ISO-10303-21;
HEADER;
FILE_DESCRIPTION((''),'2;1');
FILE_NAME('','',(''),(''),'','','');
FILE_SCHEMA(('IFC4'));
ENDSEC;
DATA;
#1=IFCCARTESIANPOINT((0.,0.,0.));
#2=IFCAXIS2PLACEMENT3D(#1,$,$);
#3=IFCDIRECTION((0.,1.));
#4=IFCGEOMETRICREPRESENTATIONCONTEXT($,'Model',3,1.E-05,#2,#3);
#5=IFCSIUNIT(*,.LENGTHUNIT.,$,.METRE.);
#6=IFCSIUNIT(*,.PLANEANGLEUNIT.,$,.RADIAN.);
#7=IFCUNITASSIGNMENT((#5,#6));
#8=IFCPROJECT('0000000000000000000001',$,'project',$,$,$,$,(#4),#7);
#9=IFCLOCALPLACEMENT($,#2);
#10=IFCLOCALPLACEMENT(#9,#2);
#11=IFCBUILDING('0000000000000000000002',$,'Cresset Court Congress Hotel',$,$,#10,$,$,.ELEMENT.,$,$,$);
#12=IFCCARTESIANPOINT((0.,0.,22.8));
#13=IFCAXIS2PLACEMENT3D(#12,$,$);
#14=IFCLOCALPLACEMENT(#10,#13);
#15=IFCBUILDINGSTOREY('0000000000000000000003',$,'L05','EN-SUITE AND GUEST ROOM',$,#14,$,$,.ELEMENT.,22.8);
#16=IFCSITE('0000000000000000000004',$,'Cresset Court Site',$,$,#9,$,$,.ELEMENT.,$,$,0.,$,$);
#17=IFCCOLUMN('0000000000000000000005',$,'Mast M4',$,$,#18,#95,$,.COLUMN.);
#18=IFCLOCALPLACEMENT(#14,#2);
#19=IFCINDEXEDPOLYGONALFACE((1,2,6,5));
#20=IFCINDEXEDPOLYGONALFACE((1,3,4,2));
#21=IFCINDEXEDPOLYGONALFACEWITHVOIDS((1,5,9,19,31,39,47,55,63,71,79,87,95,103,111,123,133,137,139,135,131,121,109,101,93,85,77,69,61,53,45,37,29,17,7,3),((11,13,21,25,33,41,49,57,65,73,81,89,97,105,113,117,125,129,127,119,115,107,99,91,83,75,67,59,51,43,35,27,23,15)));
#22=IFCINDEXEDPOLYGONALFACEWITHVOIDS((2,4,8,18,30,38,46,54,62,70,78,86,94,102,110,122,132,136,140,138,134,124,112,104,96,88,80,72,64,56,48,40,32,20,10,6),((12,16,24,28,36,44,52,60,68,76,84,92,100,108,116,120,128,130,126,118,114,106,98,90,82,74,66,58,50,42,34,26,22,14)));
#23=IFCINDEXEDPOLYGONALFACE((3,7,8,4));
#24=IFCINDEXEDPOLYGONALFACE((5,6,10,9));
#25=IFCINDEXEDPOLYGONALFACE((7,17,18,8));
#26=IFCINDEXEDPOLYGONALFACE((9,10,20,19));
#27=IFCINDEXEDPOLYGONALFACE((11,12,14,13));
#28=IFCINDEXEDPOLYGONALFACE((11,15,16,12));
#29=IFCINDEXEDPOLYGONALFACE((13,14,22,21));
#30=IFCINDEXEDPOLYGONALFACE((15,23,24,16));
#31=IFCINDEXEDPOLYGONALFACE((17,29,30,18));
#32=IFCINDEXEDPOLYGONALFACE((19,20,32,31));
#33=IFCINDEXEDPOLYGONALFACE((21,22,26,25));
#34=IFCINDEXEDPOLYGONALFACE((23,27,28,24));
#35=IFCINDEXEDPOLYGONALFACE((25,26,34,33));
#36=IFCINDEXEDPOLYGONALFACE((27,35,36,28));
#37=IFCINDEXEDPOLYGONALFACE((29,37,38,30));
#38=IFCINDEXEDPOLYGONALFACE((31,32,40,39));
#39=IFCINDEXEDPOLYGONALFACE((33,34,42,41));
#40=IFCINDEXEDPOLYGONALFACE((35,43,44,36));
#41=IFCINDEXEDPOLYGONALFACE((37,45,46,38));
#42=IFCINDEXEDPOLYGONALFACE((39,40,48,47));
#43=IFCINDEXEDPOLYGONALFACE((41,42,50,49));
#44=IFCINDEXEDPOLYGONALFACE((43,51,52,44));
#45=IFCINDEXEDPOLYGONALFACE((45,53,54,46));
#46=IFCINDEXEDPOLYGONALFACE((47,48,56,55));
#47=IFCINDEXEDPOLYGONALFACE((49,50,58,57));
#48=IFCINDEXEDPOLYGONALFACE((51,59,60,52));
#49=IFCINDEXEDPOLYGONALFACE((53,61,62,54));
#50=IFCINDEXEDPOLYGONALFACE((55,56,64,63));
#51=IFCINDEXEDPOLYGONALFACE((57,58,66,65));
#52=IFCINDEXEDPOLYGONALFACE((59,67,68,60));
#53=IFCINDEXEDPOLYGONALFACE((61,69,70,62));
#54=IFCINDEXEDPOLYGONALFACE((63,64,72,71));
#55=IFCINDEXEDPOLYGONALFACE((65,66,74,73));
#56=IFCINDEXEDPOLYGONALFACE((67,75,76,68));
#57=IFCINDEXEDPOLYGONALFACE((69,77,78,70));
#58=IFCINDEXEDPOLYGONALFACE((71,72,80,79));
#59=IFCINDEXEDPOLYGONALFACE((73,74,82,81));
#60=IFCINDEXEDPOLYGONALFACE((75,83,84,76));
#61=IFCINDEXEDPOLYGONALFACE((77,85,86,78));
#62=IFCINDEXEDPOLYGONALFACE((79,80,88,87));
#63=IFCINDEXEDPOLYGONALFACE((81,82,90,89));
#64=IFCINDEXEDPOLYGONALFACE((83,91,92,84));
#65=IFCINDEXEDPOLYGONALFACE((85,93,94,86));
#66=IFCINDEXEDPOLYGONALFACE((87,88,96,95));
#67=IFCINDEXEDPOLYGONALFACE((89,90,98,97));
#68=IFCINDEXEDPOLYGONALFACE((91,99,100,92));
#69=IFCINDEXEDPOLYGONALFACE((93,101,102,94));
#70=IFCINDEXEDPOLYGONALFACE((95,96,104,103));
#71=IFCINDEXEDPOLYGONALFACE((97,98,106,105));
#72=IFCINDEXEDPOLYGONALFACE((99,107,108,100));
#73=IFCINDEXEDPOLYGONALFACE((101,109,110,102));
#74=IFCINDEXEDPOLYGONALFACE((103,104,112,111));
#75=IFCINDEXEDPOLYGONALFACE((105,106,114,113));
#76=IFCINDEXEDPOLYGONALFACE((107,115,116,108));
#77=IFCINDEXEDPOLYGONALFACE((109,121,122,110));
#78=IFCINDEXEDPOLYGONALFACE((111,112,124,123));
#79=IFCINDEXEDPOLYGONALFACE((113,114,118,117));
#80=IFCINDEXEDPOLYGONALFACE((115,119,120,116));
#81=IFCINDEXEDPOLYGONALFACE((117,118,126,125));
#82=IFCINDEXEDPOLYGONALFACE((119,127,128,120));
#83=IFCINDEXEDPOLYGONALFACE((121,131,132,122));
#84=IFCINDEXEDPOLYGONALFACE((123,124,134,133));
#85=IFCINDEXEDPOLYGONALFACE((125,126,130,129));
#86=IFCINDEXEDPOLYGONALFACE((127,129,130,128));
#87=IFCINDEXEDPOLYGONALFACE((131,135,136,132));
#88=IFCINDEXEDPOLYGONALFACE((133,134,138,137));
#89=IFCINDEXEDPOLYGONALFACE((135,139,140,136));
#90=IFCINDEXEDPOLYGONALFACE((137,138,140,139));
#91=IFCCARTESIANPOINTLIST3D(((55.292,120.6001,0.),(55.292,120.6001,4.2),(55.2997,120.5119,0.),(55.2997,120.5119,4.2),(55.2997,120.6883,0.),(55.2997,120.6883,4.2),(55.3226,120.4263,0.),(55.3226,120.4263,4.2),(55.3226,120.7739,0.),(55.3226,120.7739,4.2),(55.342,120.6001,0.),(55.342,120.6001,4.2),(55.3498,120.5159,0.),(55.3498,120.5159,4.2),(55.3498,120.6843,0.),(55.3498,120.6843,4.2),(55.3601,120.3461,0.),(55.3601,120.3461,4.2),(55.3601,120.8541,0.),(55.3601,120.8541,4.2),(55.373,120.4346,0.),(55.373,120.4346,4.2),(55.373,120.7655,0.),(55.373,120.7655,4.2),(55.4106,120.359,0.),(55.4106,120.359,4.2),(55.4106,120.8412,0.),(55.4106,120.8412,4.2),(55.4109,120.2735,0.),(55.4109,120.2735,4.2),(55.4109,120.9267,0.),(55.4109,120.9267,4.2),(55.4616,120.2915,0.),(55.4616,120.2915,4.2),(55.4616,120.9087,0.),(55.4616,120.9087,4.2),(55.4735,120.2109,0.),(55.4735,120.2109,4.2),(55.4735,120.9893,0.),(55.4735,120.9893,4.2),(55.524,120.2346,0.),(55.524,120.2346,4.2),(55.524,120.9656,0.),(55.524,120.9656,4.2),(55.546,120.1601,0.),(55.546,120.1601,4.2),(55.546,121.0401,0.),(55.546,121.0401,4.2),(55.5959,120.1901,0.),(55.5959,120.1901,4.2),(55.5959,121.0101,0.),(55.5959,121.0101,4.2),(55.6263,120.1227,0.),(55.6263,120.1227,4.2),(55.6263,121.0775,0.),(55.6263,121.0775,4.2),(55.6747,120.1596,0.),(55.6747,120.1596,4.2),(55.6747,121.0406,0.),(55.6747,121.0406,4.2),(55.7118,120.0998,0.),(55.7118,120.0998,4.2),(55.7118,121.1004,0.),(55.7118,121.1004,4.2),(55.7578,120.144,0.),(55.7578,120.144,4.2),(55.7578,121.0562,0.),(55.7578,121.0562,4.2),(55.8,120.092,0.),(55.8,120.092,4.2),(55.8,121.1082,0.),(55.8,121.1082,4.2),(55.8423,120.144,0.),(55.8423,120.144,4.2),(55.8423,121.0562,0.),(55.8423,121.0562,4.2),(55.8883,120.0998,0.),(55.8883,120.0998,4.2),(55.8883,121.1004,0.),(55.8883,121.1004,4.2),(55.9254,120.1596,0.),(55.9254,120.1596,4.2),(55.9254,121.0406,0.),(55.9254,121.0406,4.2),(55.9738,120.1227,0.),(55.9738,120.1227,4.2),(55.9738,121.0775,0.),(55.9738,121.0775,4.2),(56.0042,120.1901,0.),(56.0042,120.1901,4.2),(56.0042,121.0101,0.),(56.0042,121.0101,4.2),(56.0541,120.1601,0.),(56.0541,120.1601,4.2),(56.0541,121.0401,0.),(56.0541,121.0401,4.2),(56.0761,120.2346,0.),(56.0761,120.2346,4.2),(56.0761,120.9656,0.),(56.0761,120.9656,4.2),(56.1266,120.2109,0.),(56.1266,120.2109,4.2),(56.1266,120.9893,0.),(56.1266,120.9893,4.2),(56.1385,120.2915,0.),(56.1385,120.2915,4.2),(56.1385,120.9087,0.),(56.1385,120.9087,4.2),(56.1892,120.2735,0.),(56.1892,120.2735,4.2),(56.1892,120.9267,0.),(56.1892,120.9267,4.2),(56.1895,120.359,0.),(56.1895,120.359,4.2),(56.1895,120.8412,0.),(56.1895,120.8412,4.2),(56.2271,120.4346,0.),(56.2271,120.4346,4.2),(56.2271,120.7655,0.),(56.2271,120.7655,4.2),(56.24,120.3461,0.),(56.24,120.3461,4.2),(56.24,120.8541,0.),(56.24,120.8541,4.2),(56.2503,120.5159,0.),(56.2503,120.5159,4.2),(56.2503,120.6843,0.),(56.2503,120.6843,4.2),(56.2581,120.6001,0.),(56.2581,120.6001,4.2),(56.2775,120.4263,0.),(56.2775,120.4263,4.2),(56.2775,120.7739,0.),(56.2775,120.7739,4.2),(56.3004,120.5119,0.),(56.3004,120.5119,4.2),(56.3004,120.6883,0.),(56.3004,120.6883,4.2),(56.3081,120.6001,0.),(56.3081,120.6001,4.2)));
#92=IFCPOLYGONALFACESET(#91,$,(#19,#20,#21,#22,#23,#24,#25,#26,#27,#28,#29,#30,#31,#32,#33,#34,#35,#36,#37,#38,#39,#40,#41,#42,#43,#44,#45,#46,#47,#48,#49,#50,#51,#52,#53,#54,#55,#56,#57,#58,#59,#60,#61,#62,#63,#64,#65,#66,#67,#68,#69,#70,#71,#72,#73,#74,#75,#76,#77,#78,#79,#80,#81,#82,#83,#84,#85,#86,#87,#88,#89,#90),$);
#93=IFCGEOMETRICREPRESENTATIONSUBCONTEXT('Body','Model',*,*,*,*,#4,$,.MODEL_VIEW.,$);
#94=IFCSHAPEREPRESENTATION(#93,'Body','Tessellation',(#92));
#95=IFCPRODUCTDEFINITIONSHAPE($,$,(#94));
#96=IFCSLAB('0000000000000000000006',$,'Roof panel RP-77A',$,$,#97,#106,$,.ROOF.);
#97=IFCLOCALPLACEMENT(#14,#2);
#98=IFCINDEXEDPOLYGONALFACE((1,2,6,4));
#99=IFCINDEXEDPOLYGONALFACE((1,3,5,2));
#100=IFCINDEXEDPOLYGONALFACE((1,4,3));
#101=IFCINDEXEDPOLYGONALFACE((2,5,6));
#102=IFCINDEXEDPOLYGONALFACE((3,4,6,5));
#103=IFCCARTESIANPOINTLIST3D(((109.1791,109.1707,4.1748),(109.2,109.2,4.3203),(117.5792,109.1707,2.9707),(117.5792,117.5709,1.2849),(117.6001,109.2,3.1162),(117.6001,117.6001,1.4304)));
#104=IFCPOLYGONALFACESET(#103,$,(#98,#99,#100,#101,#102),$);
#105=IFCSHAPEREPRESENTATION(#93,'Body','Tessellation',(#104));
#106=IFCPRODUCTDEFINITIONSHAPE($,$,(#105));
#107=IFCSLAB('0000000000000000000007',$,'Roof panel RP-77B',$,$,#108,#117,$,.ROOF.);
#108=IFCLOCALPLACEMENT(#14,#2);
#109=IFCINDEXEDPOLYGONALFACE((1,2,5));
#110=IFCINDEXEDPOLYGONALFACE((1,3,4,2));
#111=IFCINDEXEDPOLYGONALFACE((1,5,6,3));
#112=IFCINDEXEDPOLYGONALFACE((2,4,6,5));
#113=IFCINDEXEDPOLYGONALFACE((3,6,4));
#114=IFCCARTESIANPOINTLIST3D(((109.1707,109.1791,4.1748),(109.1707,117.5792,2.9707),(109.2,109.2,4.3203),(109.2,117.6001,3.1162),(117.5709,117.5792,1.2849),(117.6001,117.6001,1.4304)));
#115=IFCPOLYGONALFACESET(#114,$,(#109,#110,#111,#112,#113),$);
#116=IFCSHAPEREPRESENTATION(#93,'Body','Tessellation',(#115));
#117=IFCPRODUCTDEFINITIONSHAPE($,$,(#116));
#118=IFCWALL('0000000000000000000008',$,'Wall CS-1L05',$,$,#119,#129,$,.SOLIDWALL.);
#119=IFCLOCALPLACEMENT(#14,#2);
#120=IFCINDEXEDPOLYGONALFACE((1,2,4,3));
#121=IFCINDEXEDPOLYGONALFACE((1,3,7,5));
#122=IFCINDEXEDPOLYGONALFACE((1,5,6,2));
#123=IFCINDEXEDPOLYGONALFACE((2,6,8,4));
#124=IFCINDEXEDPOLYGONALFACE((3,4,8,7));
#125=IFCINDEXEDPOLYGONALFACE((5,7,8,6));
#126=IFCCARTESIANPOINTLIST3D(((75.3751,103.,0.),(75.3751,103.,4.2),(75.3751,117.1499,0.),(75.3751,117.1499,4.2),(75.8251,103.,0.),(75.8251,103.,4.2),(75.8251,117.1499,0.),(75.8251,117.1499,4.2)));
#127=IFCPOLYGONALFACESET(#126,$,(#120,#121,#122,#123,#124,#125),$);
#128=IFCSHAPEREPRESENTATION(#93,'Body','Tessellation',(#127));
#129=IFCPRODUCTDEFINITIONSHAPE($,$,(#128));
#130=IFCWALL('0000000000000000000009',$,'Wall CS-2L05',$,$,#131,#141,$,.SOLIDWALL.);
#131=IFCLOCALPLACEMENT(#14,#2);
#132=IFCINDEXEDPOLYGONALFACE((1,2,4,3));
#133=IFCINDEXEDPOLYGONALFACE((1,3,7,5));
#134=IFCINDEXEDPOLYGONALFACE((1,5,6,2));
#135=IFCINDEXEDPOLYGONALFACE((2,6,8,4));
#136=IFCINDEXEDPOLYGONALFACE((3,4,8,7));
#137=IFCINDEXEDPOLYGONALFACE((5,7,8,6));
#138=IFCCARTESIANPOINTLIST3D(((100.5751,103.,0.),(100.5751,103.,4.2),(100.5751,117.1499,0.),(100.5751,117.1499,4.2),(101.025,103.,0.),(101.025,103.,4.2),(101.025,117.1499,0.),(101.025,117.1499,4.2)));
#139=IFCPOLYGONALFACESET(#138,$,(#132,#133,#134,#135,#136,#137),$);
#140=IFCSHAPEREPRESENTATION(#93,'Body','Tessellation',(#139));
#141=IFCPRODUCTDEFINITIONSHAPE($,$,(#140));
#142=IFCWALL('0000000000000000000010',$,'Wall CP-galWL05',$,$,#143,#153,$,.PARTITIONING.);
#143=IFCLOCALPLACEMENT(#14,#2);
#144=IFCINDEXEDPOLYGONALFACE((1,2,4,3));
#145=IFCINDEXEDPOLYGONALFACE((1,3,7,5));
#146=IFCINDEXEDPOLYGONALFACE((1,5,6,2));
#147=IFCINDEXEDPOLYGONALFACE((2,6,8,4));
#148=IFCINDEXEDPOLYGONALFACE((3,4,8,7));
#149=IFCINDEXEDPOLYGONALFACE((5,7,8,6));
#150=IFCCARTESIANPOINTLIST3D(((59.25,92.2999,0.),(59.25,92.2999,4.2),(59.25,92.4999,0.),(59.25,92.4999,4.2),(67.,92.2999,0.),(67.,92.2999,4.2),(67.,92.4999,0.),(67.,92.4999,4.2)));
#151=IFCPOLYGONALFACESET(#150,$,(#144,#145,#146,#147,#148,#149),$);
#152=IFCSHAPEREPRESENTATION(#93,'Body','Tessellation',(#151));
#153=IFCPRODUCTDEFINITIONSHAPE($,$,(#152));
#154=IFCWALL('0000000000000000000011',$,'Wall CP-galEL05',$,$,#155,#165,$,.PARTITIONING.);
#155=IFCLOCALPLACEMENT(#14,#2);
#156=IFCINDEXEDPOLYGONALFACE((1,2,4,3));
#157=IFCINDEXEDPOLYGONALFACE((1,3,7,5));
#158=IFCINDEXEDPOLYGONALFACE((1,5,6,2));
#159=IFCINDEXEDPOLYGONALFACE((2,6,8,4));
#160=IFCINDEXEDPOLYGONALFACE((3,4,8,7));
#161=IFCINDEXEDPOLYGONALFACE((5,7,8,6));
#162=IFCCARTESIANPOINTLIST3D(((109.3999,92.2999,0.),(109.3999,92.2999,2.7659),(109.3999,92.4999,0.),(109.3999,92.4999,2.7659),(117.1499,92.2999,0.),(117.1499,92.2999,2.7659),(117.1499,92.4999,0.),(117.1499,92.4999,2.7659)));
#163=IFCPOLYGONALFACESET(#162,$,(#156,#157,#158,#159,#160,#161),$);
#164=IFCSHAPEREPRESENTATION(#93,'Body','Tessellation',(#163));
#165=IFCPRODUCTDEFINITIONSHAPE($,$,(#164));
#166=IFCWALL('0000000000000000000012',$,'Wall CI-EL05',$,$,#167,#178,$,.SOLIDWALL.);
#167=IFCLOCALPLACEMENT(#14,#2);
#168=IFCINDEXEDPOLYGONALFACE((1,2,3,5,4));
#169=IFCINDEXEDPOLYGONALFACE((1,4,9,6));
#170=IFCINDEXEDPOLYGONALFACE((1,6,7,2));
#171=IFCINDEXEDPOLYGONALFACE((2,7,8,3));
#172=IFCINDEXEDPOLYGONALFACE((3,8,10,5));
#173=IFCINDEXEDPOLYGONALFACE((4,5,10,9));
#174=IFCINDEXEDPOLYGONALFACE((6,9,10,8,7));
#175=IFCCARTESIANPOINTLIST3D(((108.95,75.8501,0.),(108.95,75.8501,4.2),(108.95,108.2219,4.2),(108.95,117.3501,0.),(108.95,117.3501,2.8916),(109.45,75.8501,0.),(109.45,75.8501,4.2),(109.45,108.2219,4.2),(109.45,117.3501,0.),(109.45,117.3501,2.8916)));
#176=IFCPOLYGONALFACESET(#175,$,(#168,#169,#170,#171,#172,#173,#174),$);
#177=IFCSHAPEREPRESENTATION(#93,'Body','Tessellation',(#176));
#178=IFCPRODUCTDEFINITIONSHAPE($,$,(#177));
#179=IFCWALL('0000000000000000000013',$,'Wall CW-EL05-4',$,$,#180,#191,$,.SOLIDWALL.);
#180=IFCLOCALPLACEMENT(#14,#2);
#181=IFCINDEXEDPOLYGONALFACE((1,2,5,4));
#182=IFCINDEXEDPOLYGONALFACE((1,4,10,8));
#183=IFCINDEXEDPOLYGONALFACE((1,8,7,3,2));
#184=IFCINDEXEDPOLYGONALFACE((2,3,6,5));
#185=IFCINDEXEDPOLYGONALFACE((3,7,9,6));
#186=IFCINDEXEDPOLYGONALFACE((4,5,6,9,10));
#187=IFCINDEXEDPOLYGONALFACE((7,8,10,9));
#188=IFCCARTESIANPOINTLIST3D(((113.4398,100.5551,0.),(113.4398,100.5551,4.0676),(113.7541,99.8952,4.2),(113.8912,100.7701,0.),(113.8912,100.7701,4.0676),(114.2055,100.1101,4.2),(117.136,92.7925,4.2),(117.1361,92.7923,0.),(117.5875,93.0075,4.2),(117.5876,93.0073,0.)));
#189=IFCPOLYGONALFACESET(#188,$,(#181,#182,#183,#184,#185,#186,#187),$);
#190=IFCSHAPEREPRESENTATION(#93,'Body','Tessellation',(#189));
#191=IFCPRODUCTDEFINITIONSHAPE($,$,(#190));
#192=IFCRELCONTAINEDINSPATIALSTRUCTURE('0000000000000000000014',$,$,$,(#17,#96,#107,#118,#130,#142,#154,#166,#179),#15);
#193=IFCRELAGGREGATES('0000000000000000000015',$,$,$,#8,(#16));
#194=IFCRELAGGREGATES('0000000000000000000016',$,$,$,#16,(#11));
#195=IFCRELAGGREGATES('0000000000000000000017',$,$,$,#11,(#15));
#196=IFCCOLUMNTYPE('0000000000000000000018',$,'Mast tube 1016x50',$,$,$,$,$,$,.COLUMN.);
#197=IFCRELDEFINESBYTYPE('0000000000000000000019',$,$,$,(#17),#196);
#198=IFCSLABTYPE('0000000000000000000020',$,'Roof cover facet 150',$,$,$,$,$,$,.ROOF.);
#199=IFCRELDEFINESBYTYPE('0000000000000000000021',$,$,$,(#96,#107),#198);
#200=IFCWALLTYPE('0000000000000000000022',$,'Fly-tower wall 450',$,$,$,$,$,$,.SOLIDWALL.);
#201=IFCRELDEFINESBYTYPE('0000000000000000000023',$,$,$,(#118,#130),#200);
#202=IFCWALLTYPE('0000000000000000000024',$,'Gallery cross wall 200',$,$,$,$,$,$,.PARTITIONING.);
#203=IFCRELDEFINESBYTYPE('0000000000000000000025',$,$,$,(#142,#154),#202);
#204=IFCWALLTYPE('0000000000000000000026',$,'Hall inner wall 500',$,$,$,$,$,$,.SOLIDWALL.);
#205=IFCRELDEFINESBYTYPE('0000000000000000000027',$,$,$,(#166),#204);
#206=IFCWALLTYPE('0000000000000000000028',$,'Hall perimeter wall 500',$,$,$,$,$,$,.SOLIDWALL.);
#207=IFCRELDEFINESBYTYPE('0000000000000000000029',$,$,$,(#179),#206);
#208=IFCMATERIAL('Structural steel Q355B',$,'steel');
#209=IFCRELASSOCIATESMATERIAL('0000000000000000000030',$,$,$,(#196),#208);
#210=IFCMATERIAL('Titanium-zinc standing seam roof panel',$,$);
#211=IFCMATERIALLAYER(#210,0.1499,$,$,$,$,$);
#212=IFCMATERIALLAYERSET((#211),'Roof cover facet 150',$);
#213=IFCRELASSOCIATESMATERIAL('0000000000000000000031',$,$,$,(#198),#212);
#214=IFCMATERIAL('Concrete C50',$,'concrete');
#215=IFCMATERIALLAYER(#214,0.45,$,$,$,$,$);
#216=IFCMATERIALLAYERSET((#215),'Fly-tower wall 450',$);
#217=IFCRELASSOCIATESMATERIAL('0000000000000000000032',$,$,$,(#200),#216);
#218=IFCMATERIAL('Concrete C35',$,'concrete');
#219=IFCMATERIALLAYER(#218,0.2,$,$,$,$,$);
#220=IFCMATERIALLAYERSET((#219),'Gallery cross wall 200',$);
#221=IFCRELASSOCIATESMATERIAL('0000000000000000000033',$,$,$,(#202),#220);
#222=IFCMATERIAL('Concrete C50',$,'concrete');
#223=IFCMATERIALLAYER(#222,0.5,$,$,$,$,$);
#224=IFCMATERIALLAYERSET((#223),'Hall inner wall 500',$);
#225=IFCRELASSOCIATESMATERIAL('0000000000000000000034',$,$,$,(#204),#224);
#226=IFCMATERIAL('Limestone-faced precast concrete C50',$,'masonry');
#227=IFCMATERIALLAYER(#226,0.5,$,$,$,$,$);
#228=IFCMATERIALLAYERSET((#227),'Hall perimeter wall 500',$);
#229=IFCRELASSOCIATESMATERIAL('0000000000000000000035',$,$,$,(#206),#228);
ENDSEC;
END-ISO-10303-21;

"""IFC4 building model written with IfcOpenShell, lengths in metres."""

from ifc_helpers import new_model, si_unit, direction, frame, frame_2d, origin, origin_2d, place, context, subcontext, project, spatial, polyline, rectangle, hollow_circle, outline, extrude, material, layer, layer_set, material_profile, profile_set, type_object, element, save


model = new_model("IFC4")

# Units and contexts
model_context = context("Model", 3, precision=1e-05, world=origin(), true_north=direction((0.0, 1.0)))
body_context = subcontext(model_context, "Body", "Model", "MODEL_VIEW")
ifc_project = project(units=[si_unit("LENGTHUNIT", "METRE"), si_unit("PLANEANGLEUNIT", "RADIAN")], contexts=[model_context])

# Site, building, storey
site_placement = place(None, origin())
site = spatial("IfcSite", under=ifc_project, at=site_placement, Name="Cresset Court Site", CompositionType="ELEMENT", RefElevation=0.0)
building_placement = place(site_placement, origin())
building = spatial("IfcBuilding", under=site, at=building_placement, Name="Cresset Court Congress Hotel", CompositionType="ELEMENT")
storey_placement = place(building_placement, frame((0.0, 0.0, 22.8)))
storey = spatial("IfcBuildingStorey", under=building, at=storey_placement, Name="L05", Description="EN-SUITE AND GUEST ROOM", CompositionType="ELEMENT", Elevation=22.8)

# Column
ifc_material_1 = material(Name="Structural steel Q355B", Category="steel")
ifc_material_profile = material_profile(ifc_material_1, hollow_circle(Radius=0.5081, WallThickness=0.05, at=origin_2d()), Name="CHS1016x50")
ifc_profile_set = profile_set([ifc_material_profile], Name="Structural steel Q355B")
column_type = type_object("IfcColumnType", Name="Mast tube 1016x50", PredefinedType="COLUMN", material=ifc_profile_set)
column_placement = place(storey_placement, frame((55.8, 120.6001, 0.0), z_axis=(0.0, 0.0, 1.0), x_axis=(1.0, 0.0, 0.0)))
element("IfcColumn", 1, at=column_placement, inside=storey, type_object=column_type, Name="Mast M4", PredefinedType="COLUMN", context=body_context, shape_type="SweptSolid", body=[
    extrude(hollow_circle(Radius=0.5081, WallThickness=0.05, at=origin_2d()), origin(), (0.0, 0.0, 1.0), 4.2),
])

# Slabs
ifc_material_2 = material(Name="Titanium-zinc standing seam roof panel")
ifc_layer_1 = layer(ifc_material_2, 0.1499)
ifc_layer_set_1 = layer_set([ifc_layer_1], Name="Roof cover facet 150")
slab_type = type_object("IfcSlabType", Name="Roof cover facet 150", PredefinedType="ROOF", material=ifc_layer_set_1)
slab_1_placement = place(storey_placement, frame((109.2, 109.2, 4.3203), z_axis=(0.139173, 0.194848, 0.970909), x_axis=(0.989882, 0.0, -0.141893)))
element("IfcSlab", 2, at=slab_1_placement, inside=storey, type_object=slab_type, Name="Roof panel RP-77A", PredefinedType="ROOF", context=body_context, shape_type="SweptSolid", body=[
    extrude(outline(polyline([(0.0, 0.0), (8.486, 0.0), (8.7252, 8.5643), (0.0, 0.0)])), origin(), (0.0, 0.0, -1.0), 0.1499),
])
slab_2_placement = place(storey_placement, frame((109.2, 109.2, 4.3203), z_axis=(0.194848, 0.139173, 0.970909), x_axis=(0.687069, 0.687069, -0.236372)))
element("IfcSlab", 3, at=slab_2_placement, inside=storey, type_object=slab_type, Name="Roof panel RP-77B", PredefinedType="ROOF", context=body_context, shape_type="SweptSolid", body=[
    extrude(outline(polyline([(0.0, 0.0), (12.2261, 0.0), (6.0561, 5.9444), (0.0, 0.0)])), origin(), (0.0, 0.0, -1.0), 0.1499),
])

# Walls
ifc_material_3 = material(Name="Concrete C50", Category="concrete")
ifc_layer_2 = layer(ifc_material_3, 0.45)
ifc_layer_set_2 = layer_set([ifc_layer_2], Name="Fly-tower wall 450")
wall_type_1 = type_object("IfcWallType", Name="Fly-tower wall 450", PredefinedType="SOLIDWALL", material=ifc_layer_set_2)
for number, where, z_axis, x_axis, name in (
    (4, (75.6001, 103.0, 0.0), (0.0, 0.0, 1.0), (0.0, 1.0, 0.0), "Wall CS-1L05"),
    (5, (100.8, 103.0, 0.0), (0.0, 0.0, 1.0), (0.0, 1.0, 0.0), "Wall CS-2L05"),
):
    element("IfcWall", number, at=place(storey_placement, frame(where, z_axis=z_axis, x_axis=x_axis)), inside=storey, type_object=wall_type_1, Name=name, PredefinedType="SOLIDWALL", context=body_context, shape_type="SweptSolid", body=[
        extrude(rectangle(XDim=14.1499, YDim=0.45, at=frame_2d((7.075, 0.0))), origin(), (0.0, 0.0, 1.0), 4.2),
    ])
ifc_material_4 = material(Name="Concrete C35", Category="concrete")
ifc_layer_3 = layer(ifc_material_4, 0.2)
ifc_layer_set_3 = layer_set([ifc_layer_3], Name="Gallery cross wall 200")
wall_type_2 = type_object("IfcWallType", Name="Gallery cross wall 200", PredefinedType="PARTITIONING", material=ifc_layer_set_3)
wall_1_placement = place(storey_placement, frame((59.25, 92.3999, 0.0), z_axis=(0.0, 0.0, 1.0), x_axis=(1.0, 0.0, 0.0)))
element("IfcWall", 6, at=wall_1_placement, inside=storey, type_object=wall_type_2, Name="Wall CP-galWL05", PredefinedType="PARTITIONING", context=body_context, shape_type="SweptSolid", body=[
    extrude(rectangle(XDim=7.75, YDim=0.2, at=frame_2d((3.875, 0.0))), origin(), (0.0, 0.0, 1.0), 4.2),
])
wall_2_placement = place(storey_placement, frame((109.3999, 92.3999, 0.0), z_axis=(0.0, 0.0, 1.0), x_axis=(1.0, 0.0, 0.0)))
element("IfcWall", 7, at=wall_2_placement, inside=storey, type_object=wall_type_2, Name="Wall CP-galEL05", PredefinedType="PARTITIONING", context=body_context, shape_type="SweptSolid", body=[
    extrude(rectangle(XDim=7.75, YDim=0.2, at=frame_2d((3.875, 0.0))), origin(), (0.0, 0.0, 1.0), 2.7659),
])
ifc_material_5 = material(Name="Concrete C50", Category="concrete")
ifc_layer_4 = layer(ifc_material_5, 0.5)
ifc_layer_set_4 = layer_set([ifc_layer_4], Name="Hall inner wall 500")
wall_type_3 = type_object("IfcWallType", Name="Hall inner wall 500", PredefinedType="SOLIDWALL", material=ifc_layer_set_4)
wall_3_placement = place(storey_placement, frame((109.2, 117.3501, 0.0), z_axis=(0.0, 0.0, 1.0), x_axis=(0.0, -1.0, 0.0)))
element("IfcWall", 8, at=wall_3_placement, inside=storey, type_object=wall_type_3, Name="Wall CI-EL05", PredefinedType="SOLIDWALL", context=body_context, shape_type="SweptSolid", body=[
    extrude(outline(polyline([(0.0, 0.0), (41.5, 0.0), (41.5, 4.2), (9.1282, 4.2), (0.0, 2.8916), (0.0, 0.0)])), frame((0.0, 0.25, 0.0), z_axis=(0.0, -1.0, 0.0), x_axis=(1.0, 0.0, 0.0)), (0.0, 0.0, 1.0), 0.5),
])
ifc_material_6 = material(Name="Limestone-faced precast concrete C50", Category="masonry")
ifc_layer_5 = layer(ifc_material_6, 0.5)
ifc_layer_set_5 = layer_set([ifc_layer_5], Name="Hall perimeter wall 500")
wall_type_4 = type_object("IfcWallType", Name="Hall perimeter wall 500", PredefinedType="SOLIDWALL", material=ifc_layer_set_5)
wall_4_placement = place(storey_placement, frame((113.6655, 100.6626, 0.0), z_axis=(0.0, 0.0, 1.0), x_axis=(0.429912, -0.902871, 0.0)))
element("IfcWall", 9, at=wall_4_placement, inside=storey, type_object=wall_type_4, Name="Wall CW-EL05-4", PredefinedType="SOLIDWALL", context=body_context, shape_type="SweptSolid", body=[
    extrude(outline(polyline([(0.0, 0.0), (8.5979, 0.0), (8.5977, 4.2), (0.731, 4.2), (0.0, 4.0676), (0.0, 0.0)])), frame((0.0, 0.25, 0.0), z_axis=(0.0, -1.0, 0.0), x_axis=(1.0, 0.0, 0.0)), (0.0, 0.0, 1.0), 0.5),
])

save(model, "model.ifc")
